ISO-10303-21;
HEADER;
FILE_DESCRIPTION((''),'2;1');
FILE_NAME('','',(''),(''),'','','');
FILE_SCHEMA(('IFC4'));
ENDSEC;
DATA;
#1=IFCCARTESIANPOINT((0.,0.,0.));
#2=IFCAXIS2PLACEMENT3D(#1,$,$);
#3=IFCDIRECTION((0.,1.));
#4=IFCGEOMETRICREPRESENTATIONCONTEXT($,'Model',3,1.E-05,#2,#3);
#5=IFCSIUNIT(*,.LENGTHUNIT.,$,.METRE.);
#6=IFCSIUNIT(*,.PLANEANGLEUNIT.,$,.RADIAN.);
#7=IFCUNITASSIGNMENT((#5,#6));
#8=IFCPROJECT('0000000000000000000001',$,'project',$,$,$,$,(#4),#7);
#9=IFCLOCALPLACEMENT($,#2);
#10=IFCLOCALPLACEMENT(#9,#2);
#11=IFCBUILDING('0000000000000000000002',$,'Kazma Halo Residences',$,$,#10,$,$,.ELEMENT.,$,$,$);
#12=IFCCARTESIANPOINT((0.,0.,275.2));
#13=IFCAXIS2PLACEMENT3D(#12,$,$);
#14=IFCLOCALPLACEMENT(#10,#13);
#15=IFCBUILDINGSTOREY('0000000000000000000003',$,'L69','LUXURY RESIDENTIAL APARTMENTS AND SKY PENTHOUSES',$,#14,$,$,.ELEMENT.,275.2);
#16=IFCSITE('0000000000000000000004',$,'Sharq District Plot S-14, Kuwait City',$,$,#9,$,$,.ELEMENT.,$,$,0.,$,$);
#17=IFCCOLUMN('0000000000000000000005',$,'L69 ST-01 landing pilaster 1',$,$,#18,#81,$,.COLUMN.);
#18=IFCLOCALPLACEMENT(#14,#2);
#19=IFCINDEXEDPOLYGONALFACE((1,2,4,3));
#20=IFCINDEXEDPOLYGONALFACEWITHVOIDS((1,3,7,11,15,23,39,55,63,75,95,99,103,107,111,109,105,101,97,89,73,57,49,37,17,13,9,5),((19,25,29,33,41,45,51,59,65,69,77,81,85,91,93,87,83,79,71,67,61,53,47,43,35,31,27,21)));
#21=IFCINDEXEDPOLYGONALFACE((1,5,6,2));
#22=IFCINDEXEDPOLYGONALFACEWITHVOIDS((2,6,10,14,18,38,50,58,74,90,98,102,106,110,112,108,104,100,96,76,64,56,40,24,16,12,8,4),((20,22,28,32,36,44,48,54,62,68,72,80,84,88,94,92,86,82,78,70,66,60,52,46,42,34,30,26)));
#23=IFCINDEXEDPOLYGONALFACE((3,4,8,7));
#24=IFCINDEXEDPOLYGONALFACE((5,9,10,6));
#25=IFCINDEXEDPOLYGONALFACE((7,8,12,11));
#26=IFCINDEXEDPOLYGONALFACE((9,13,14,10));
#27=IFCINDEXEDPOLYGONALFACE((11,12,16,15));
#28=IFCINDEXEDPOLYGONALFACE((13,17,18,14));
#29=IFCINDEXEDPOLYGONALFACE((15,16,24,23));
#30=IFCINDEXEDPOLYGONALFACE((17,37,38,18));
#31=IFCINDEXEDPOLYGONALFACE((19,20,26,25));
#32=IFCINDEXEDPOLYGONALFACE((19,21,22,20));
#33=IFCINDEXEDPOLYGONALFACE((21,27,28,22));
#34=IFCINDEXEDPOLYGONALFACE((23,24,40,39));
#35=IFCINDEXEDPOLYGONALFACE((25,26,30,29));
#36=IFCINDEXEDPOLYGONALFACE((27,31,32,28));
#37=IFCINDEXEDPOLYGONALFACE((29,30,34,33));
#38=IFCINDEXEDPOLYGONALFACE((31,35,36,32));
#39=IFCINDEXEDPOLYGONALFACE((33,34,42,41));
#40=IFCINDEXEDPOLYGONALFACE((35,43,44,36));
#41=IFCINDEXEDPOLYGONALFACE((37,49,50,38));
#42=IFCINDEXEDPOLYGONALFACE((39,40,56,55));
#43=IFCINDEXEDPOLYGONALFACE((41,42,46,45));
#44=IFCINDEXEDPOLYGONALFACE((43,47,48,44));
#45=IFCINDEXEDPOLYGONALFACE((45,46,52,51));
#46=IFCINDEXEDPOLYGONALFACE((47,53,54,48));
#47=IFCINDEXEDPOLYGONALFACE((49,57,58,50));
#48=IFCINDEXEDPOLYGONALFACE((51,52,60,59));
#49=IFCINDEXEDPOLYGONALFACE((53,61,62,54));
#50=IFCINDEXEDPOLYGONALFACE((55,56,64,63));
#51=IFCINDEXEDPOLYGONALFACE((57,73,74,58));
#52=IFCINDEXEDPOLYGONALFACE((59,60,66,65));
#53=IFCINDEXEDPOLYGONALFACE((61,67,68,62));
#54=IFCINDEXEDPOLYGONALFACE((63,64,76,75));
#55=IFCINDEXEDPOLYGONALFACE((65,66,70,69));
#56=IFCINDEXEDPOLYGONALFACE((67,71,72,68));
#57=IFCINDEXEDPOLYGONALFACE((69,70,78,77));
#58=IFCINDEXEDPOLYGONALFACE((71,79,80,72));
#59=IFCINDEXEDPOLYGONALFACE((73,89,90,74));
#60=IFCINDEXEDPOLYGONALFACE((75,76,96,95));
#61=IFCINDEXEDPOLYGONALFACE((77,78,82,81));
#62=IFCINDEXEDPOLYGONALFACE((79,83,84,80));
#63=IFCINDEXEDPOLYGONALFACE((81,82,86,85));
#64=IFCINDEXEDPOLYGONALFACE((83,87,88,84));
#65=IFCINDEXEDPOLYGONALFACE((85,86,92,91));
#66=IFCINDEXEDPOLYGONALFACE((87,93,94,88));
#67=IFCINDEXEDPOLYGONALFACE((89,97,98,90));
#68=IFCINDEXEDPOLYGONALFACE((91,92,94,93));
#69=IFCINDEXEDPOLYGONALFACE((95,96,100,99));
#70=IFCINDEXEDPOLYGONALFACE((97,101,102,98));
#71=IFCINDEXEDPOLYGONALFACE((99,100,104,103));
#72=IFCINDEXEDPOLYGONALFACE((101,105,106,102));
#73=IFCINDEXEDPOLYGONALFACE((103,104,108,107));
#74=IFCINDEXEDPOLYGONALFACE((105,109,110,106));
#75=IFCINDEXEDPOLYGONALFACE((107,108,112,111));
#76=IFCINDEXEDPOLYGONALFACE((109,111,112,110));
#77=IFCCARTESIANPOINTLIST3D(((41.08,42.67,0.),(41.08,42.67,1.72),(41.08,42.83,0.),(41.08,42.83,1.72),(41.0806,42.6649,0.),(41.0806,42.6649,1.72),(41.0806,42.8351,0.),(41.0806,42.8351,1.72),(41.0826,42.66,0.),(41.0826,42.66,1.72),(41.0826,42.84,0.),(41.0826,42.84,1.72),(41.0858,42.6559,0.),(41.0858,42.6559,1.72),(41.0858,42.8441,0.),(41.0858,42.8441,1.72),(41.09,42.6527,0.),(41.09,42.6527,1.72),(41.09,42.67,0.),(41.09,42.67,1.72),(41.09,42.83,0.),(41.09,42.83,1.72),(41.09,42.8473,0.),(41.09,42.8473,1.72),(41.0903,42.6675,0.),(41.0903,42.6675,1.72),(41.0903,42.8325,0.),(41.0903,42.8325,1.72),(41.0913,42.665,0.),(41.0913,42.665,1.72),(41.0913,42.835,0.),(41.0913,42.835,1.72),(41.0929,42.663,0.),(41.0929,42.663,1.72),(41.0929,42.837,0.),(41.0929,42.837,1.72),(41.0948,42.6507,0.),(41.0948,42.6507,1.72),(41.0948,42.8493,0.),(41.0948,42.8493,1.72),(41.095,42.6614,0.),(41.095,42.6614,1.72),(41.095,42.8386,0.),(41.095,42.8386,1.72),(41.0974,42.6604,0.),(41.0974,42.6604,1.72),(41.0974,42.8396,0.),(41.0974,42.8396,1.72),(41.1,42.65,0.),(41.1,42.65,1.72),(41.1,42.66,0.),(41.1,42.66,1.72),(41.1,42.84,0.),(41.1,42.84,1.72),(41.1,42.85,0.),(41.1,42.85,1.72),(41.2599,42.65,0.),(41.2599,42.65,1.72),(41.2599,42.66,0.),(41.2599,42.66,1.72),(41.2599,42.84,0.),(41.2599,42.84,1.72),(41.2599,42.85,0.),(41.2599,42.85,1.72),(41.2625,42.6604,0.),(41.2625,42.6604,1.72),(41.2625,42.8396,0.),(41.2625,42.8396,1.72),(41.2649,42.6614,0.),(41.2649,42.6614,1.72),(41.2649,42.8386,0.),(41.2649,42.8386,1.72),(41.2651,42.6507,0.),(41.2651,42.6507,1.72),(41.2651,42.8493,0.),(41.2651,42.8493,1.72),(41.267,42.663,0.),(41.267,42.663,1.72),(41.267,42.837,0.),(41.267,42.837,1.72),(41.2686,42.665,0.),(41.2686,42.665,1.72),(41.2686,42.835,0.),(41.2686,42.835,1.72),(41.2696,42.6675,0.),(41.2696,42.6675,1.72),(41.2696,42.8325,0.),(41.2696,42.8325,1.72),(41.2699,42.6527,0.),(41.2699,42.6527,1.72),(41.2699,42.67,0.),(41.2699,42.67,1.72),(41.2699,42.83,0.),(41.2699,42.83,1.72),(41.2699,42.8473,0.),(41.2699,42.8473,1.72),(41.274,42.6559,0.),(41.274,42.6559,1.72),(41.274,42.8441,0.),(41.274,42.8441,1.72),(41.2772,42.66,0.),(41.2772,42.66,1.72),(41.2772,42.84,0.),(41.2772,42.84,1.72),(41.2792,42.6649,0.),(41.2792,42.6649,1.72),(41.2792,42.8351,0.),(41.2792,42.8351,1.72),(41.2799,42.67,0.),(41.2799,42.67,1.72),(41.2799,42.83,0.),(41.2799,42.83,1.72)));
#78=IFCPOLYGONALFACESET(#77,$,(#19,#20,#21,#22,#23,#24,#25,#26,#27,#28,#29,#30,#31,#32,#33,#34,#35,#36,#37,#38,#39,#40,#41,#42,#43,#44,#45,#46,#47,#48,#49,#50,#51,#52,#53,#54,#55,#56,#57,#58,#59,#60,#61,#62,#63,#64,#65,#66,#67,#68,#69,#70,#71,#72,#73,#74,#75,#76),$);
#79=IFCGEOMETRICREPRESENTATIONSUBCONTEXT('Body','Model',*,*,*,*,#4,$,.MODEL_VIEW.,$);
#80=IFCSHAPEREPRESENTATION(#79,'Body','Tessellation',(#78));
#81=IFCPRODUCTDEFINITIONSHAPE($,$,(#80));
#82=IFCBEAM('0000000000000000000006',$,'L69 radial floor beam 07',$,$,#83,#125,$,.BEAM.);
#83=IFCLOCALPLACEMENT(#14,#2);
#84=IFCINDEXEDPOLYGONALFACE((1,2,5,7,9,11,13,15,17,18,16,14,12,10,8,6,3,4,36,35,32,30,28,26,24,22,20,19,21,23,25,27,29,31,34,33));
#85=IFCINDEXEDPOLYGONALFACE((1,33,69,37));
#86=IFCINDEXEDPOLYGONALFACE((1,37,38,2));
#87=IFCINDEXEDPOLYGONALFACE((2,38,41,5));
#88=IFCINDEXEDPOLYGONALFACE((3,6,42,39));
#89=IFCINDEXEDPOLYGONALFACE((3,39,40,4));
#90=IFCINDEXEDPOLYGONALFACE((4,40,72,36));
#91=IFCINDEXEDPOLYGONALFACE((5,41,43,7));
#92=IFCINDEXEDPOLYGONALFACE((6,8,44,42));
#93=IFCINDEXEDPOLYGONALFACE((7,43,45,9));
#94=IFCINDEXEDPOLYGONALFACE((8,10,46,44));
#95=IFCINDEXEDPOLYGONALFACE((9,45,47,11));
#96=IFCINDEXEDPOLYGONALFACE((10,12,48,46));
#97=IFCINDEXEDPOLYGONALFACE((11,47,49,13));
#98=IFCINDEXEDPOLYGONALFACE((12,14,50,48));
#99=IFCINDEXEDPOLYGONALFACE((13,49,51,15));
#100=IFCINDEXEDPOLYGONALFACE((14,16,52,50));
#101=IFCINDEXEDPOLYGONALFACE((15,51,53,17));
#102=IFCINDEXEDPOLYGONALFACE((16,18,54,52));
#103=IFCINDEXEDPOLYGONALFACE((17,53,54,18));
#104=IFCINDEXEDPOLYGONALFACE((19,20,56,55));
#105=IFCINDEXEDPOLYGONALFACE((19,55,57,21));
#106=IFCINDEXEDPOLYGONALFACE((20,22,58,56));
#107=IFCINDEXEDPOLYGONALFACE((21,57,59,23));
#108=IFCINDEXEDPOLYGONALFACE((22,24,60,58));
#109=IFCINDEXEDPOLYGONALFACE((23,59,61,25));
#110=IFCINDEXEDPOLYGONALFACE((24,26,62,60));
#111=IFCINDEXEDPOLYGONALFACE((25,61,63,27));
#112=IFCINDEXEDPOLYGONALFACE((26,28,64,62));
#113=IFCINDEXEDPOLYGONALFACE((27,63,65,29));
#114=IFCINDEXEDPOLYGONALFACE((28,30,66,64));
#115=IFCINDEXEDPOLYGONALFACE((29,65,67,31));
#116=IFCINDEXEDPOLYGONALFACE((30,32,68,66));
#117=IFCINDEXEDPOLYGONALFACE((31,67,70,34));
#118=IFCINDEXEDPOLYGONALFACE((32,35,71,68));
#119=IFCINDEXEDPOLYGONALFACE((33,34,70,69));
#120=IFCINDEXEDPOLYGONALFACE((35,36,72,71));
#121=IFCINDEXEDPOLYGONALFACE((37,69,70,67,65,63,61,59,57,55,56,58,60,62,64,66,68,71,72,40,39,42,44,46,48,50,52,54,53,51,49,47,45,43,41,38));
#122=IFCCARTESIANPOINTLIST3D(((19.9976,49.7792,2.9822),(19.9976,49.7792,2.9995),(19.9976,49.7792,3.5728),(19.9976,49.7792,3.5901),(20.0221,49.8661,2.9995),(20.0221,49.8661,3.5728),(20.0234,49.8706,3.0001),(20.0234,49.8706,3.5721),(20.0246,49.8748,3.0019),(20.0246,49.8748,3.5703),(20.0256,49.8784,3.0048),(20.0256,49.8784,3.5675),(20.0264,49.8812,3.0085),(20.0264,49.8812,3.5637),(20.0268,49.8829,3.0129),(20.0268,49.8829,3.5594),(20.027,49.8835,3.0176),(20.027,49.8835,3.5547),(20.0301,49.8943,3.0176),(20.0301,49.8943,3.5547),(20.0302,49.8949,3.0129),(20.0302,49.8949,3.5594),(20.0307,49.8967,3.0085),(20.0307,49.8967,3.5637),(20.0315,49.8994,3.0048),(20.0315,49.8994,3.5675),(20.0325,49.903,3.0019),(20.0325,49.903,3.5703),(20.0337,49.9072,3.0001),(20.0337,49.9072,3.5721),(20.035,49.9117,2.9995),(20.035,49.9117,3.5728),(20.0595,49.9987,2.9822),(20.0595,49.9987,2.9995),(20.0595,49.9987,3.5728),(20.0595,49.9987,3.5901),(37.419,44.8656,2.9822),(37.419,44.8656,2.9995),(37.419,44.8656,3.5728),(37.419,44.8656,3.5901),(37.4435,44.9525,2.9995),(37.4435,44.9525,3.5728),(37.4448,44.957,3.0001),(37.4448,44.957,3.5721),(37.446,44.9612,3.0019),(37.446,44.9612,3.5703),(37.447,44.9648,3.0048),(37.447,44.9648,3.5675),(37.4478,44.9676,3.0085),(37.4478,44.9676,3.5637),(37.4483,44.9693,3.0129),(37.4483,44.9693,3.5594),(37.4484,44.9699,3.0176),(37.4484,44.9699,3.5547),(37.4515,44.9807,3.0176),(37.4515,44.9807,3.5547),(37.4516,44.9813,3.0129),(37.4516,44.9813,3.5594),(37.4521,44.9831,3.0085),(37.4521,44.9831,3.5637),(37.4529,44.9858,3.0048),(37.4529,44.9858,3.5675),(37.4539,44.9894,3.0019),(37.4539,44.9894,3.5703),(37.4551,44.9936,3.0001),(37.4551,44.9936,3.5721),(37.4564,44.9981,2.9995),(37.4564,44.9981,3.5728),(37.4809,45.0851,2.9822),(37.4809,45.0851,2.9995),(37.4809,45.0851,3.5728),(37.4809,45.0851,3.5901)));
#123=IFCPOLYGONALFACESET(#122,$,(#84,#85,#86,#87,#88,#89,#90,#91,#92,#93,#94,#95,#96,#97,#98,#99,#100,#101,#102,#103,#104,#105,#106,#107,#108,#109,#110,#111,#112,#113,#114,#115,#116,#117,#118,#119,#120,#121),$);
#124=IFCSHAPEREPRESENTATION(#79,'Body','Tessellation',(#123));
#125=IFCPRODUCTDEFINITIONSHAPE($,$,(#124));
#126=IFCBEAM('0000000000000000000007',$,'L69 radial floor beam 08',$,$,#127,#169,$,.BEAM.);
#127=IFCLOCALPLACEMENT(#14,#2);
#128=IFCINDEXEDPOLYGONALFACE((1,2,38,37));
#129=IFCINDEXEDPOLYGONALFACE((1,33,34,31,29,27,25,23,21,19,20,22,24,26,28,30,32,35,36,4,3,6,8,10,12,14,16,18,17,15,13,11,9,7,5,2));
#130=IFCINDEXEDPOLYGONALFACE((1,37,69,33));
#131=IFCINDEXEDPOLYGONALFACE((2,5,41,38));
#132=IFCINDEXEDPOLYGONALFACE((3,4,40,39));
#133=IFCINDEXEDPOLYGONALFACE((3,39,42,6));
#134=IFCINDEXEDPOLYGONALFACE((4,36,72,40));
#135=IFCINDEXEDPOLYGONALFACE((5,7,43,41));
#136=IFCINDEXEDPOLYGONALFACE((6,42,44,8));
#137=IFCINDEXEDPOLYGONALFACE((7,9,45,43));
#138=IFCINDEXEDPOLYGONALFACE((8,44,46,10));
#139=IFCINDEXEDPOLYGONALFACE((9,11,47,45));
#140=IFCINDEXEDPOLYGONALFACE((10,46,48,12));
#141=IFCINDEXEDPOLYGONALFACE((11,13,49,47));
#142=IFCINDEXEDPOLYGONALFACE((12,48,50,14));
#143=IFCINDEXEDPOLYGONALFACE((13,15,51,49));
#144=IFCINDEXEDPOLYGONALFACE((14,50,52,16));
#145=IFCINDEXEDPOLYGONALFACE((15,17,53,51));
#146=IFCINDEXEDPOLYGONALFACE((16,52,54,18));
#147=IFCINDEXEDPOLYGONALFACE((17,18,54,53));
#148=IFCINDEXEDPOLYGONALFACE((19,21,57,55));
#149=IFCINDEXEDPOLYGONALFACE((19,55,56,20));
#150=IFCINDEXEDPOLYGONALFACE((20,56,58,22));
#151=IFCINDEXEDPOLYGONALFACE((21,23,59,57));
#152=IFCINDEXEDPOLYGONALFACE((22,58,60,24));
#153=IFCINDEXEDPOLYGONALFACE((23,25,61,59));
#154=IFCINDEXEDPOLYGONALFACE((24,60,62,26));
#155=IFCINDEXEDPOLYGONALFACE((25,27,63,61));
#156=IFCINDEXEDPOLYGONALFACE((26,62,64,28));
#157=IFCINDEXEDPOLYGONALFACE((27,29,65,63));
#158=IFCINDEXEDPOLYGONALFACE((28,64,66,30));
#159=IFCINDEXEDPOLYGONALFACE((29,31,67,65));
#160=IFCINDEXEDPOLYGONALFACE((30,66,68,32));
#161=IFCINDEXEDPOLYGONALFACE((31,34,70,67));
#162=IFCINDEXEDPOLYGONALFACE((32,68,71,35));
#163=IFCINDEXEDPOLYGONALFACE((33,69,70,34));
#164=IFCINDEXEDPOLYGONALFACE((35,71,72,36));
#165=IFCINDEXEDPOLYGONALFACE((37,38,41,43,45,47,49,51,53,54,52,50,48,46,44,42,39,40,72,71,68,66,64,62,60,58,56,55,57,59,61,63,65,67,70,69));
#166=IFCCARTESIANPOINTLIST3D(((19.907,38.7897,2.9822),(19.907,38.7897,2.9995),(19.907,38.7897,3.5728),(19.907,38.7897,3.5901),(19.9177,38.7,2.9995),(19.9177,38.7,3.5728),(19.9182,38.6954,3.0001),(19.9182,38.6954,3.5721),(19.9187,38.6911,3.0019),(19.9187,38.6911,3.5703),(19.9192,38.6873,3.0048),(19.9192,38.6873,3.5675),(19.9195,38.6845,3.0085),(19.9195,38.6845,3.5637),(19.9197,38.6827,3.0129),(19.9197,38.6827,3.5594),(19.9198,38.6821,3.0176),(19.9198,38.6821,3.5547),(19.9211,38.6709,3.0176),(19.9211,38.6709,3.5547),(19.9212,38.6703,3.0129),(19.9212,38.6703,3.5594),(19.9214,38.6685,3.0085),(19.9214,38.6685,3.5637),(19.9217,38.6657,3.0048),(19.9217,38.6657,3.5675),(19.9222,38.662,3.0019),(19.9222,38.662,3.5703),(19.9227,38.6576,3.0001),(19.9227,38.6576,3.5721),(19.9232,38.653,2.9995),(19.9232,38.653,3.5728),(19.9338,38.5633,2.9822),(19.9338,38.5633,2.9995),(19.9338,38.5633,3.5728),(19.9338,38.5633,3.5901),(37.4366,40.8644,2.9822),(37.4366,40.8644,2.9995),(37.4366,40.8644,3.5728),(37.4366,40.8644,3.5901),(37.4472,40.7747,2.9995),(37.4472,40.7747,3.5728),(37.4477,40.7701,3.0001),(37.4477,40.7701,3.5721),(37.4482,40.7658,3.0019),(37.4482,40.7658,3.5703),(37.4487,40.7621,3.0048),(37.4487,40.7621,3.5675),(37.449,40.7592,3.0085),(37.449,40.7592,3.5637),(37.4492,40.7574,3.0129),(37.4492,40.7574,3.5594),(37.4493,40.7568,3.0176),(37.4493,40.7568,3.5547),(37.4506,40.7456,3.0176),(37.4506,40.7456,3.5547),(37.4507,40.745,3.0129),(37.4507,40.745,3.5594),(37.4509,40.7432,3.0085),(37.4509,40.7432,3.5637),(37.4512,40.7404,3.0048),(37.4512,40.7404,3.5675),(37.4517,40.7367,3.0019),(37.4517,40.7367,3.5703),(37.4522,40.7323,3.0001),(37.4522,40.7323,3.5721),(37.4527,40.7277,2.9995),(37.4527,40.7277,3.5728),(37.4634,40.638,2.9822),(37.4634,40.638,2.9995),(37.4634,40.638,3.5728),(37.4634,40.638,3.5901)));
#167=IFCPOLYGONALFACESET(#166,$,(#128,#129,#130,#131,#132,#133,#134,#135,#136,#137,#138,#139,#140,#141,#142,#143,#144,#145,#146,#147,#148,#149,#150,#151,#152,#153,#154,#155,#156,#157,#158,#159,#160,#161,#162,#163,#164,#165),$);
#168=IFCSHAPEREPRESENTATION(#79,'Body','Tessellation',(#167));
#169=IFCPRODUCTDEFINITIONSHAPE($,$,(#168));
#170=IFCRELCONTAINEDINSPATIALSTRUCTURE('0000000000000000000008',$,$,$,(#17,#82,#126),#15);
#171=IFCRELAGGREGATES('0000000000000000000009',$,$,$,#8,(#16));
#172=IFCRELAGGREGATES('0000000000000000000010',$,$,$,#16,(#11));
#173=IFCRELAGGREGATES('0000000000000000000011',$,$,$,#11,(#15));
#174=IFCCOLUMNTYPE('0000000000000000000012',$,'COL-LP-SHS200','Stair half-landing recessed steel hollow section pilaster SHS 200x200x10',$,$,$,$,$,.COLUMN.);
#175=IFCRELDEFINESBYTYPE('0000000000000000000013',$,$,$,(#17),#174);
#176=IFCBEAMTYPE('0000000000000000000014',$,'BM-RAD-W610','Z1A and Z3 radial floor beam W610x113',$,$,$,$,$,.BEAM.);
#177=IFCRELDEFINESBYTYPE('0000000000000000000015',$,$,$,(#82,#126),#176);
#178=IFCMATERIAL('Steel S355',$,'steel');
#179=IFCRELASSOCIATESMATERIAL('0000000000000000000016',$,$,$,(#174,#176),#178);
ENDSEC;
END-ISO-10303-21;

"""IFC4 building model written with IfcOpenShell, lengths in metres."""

from ifc_helpers import new_model, si_unit, direction, frame, origin, origin_2d, place, context, subcontext, project, spatial, hollow_rectangle, i_section, extrude, material, material_profile, profile_set, type_object, element, save


model = new_model("IFC4")

# Units and contexts
model_context = context("Model", 3, precision=1e-05, world=origin(), true_north=direction((0.0, 1.0)))
body_context = subcontext(model_context, "Body", "Model", "MODEL_VIEW")
ifc_project = project(units=[si_unit("LENGTHUNIT", "METRE"), si_unit("PLANEANGLEUNIT", "RADIAN")], contexts=[model_context])

# Site, building, storey
site_placement = place(None, origin())
site = spatial("IfcSite", under=ifc_project, at=site_placement, Name="Sharq District Plot S-14, Kuwait City", CompositionType="ELEMENT", RefElevation=0.0)
building_placement = place(site_placement, origin())
building = spatial("IfcBuilding", under=site, at=building_placement, Name="Kazma Halo Residences", CompositionType="ELEMENT")
storey_placement = place(building_placement, frame((0.0, 0.0, 275.2)))
storey = spatial("IfcBuildingStorey", under=building, at=storey_placement, Name="L69", Description="LUXURY RESIDENTIAL APARTMENTS AND SKY PENTHOUSES", CompositionType="ELEMENT", Elevation=275.2)

# Column
ifc_material_1 = material(Name="Steel S355", Category="steel")
ifc_material_profile_1 = material_profile(ifc_material_1, hollow_rectangle(XDim=0.2, YDim=0.2, WallThickness=0.01, InnerFilletRadius=0.01, OuterFilletRadius=0.02, at=origin_2d()), Name="SHS200x200x10")
ifc_profile_set_1 = profile_set([ifc_material_profile_1], Name="Steel S355")
column_type = type_object("IfcColumnType", Name="COL-LP-SHS200", Description="Stair half-landing recessed steel hollow section pilaster SHS 200x200x10", PredefinedType="COLUMN", material=ifc_profile_set_1)
column_placement = place(storey_placement, frame((41.1799, 42.75, 0.0), z_axis=(0.0, 0.0, 1.0), x_axis=(1.0, 0.0, 0.0)))
element("IfcColumn", 1, at=column_placement, inside=storey, type_object=column_type, Name="L69 ST-01 landing pilaster 1", PredefinedType="COLUMN", context=body_context, shape_type="SweptSolid", body=[
    extrude(hollow_rectangle(XDim=0.2, YDim=0.2, WallThickness=0.01, InnerFilletRadius=0.01, OuterFilletRadius=0.02, at=origin_2d()), origin(), (0.0, 0.0, 1.0), 1.72),
])

# Beams
ifc_material_profile_2 = material_profile(ifc_material_1, i_section(OverallWidth=0.228, OverallDepth=0.6079, WebThickness=0.0112, FlangeThickness=0.0173, FilletRadius=0.0181, at=origin_2d()), Name="W610x113")
ifc_profile_set_2 = profile_set([ifc_material_profile_2], Name="Steel S355")
beam_type_1 = type_object("IfcBeamType", Name="BM-RAD-W610", Description="Z1A and Z3 radial floor beam W610x113", PredefinedType="BEAM", material=ifc_profile_set_2)
beam_1_placement = place(storey_placement, frame((37.45, 44.9753, 3.2861), z_axis=(-0.962452, 0.271452, 0.0), x_axis=(-0.271452, -0.962452, 0.0)))
element("IfcBeam", 2, at=beam_1_placement, inside=storey, type_object=beam_type_1, Name="L69 radial floor beam 07", PredefinedType="BEAM", context=body_context, shape_type="SweptSolid", body=[
    extrude(i_section(OverallWidth=0.228, OverallDepth=0.6079, WebThickness=0.0112, FlangeThickness=0.0173, FilletRadius=0.0181, at=origin_2d()), origin(), (0.0, 0.0, 1.0), 18.1011),
])
beam_2_placement = place(storey_placement, frame((37.45, 40.7512, 3.2861), z_axis=(-0.993069, -0.117535, 0.0), x_axis=(0.117535, -0.993069, 0.0)))
element("IfcBeam", 3, at=beam_2_placement, inside=storey, type_object=beam_type_1, Name="L69 radial floor beam 08", PredefinedType="BEAM", context=body_context, shape_type="SweptSolid", body=[
    extrude(i_section(OverallWidth=0.228, OverallDepth=0.6079, WebThickness=0.0112, FlangeThickness=0.0173, FilletRadius=0.0181, at=origin_2d()), origin(), (0.0, 0.0, 1.0), 17.6519),
])

save(model, "model.ifc")
